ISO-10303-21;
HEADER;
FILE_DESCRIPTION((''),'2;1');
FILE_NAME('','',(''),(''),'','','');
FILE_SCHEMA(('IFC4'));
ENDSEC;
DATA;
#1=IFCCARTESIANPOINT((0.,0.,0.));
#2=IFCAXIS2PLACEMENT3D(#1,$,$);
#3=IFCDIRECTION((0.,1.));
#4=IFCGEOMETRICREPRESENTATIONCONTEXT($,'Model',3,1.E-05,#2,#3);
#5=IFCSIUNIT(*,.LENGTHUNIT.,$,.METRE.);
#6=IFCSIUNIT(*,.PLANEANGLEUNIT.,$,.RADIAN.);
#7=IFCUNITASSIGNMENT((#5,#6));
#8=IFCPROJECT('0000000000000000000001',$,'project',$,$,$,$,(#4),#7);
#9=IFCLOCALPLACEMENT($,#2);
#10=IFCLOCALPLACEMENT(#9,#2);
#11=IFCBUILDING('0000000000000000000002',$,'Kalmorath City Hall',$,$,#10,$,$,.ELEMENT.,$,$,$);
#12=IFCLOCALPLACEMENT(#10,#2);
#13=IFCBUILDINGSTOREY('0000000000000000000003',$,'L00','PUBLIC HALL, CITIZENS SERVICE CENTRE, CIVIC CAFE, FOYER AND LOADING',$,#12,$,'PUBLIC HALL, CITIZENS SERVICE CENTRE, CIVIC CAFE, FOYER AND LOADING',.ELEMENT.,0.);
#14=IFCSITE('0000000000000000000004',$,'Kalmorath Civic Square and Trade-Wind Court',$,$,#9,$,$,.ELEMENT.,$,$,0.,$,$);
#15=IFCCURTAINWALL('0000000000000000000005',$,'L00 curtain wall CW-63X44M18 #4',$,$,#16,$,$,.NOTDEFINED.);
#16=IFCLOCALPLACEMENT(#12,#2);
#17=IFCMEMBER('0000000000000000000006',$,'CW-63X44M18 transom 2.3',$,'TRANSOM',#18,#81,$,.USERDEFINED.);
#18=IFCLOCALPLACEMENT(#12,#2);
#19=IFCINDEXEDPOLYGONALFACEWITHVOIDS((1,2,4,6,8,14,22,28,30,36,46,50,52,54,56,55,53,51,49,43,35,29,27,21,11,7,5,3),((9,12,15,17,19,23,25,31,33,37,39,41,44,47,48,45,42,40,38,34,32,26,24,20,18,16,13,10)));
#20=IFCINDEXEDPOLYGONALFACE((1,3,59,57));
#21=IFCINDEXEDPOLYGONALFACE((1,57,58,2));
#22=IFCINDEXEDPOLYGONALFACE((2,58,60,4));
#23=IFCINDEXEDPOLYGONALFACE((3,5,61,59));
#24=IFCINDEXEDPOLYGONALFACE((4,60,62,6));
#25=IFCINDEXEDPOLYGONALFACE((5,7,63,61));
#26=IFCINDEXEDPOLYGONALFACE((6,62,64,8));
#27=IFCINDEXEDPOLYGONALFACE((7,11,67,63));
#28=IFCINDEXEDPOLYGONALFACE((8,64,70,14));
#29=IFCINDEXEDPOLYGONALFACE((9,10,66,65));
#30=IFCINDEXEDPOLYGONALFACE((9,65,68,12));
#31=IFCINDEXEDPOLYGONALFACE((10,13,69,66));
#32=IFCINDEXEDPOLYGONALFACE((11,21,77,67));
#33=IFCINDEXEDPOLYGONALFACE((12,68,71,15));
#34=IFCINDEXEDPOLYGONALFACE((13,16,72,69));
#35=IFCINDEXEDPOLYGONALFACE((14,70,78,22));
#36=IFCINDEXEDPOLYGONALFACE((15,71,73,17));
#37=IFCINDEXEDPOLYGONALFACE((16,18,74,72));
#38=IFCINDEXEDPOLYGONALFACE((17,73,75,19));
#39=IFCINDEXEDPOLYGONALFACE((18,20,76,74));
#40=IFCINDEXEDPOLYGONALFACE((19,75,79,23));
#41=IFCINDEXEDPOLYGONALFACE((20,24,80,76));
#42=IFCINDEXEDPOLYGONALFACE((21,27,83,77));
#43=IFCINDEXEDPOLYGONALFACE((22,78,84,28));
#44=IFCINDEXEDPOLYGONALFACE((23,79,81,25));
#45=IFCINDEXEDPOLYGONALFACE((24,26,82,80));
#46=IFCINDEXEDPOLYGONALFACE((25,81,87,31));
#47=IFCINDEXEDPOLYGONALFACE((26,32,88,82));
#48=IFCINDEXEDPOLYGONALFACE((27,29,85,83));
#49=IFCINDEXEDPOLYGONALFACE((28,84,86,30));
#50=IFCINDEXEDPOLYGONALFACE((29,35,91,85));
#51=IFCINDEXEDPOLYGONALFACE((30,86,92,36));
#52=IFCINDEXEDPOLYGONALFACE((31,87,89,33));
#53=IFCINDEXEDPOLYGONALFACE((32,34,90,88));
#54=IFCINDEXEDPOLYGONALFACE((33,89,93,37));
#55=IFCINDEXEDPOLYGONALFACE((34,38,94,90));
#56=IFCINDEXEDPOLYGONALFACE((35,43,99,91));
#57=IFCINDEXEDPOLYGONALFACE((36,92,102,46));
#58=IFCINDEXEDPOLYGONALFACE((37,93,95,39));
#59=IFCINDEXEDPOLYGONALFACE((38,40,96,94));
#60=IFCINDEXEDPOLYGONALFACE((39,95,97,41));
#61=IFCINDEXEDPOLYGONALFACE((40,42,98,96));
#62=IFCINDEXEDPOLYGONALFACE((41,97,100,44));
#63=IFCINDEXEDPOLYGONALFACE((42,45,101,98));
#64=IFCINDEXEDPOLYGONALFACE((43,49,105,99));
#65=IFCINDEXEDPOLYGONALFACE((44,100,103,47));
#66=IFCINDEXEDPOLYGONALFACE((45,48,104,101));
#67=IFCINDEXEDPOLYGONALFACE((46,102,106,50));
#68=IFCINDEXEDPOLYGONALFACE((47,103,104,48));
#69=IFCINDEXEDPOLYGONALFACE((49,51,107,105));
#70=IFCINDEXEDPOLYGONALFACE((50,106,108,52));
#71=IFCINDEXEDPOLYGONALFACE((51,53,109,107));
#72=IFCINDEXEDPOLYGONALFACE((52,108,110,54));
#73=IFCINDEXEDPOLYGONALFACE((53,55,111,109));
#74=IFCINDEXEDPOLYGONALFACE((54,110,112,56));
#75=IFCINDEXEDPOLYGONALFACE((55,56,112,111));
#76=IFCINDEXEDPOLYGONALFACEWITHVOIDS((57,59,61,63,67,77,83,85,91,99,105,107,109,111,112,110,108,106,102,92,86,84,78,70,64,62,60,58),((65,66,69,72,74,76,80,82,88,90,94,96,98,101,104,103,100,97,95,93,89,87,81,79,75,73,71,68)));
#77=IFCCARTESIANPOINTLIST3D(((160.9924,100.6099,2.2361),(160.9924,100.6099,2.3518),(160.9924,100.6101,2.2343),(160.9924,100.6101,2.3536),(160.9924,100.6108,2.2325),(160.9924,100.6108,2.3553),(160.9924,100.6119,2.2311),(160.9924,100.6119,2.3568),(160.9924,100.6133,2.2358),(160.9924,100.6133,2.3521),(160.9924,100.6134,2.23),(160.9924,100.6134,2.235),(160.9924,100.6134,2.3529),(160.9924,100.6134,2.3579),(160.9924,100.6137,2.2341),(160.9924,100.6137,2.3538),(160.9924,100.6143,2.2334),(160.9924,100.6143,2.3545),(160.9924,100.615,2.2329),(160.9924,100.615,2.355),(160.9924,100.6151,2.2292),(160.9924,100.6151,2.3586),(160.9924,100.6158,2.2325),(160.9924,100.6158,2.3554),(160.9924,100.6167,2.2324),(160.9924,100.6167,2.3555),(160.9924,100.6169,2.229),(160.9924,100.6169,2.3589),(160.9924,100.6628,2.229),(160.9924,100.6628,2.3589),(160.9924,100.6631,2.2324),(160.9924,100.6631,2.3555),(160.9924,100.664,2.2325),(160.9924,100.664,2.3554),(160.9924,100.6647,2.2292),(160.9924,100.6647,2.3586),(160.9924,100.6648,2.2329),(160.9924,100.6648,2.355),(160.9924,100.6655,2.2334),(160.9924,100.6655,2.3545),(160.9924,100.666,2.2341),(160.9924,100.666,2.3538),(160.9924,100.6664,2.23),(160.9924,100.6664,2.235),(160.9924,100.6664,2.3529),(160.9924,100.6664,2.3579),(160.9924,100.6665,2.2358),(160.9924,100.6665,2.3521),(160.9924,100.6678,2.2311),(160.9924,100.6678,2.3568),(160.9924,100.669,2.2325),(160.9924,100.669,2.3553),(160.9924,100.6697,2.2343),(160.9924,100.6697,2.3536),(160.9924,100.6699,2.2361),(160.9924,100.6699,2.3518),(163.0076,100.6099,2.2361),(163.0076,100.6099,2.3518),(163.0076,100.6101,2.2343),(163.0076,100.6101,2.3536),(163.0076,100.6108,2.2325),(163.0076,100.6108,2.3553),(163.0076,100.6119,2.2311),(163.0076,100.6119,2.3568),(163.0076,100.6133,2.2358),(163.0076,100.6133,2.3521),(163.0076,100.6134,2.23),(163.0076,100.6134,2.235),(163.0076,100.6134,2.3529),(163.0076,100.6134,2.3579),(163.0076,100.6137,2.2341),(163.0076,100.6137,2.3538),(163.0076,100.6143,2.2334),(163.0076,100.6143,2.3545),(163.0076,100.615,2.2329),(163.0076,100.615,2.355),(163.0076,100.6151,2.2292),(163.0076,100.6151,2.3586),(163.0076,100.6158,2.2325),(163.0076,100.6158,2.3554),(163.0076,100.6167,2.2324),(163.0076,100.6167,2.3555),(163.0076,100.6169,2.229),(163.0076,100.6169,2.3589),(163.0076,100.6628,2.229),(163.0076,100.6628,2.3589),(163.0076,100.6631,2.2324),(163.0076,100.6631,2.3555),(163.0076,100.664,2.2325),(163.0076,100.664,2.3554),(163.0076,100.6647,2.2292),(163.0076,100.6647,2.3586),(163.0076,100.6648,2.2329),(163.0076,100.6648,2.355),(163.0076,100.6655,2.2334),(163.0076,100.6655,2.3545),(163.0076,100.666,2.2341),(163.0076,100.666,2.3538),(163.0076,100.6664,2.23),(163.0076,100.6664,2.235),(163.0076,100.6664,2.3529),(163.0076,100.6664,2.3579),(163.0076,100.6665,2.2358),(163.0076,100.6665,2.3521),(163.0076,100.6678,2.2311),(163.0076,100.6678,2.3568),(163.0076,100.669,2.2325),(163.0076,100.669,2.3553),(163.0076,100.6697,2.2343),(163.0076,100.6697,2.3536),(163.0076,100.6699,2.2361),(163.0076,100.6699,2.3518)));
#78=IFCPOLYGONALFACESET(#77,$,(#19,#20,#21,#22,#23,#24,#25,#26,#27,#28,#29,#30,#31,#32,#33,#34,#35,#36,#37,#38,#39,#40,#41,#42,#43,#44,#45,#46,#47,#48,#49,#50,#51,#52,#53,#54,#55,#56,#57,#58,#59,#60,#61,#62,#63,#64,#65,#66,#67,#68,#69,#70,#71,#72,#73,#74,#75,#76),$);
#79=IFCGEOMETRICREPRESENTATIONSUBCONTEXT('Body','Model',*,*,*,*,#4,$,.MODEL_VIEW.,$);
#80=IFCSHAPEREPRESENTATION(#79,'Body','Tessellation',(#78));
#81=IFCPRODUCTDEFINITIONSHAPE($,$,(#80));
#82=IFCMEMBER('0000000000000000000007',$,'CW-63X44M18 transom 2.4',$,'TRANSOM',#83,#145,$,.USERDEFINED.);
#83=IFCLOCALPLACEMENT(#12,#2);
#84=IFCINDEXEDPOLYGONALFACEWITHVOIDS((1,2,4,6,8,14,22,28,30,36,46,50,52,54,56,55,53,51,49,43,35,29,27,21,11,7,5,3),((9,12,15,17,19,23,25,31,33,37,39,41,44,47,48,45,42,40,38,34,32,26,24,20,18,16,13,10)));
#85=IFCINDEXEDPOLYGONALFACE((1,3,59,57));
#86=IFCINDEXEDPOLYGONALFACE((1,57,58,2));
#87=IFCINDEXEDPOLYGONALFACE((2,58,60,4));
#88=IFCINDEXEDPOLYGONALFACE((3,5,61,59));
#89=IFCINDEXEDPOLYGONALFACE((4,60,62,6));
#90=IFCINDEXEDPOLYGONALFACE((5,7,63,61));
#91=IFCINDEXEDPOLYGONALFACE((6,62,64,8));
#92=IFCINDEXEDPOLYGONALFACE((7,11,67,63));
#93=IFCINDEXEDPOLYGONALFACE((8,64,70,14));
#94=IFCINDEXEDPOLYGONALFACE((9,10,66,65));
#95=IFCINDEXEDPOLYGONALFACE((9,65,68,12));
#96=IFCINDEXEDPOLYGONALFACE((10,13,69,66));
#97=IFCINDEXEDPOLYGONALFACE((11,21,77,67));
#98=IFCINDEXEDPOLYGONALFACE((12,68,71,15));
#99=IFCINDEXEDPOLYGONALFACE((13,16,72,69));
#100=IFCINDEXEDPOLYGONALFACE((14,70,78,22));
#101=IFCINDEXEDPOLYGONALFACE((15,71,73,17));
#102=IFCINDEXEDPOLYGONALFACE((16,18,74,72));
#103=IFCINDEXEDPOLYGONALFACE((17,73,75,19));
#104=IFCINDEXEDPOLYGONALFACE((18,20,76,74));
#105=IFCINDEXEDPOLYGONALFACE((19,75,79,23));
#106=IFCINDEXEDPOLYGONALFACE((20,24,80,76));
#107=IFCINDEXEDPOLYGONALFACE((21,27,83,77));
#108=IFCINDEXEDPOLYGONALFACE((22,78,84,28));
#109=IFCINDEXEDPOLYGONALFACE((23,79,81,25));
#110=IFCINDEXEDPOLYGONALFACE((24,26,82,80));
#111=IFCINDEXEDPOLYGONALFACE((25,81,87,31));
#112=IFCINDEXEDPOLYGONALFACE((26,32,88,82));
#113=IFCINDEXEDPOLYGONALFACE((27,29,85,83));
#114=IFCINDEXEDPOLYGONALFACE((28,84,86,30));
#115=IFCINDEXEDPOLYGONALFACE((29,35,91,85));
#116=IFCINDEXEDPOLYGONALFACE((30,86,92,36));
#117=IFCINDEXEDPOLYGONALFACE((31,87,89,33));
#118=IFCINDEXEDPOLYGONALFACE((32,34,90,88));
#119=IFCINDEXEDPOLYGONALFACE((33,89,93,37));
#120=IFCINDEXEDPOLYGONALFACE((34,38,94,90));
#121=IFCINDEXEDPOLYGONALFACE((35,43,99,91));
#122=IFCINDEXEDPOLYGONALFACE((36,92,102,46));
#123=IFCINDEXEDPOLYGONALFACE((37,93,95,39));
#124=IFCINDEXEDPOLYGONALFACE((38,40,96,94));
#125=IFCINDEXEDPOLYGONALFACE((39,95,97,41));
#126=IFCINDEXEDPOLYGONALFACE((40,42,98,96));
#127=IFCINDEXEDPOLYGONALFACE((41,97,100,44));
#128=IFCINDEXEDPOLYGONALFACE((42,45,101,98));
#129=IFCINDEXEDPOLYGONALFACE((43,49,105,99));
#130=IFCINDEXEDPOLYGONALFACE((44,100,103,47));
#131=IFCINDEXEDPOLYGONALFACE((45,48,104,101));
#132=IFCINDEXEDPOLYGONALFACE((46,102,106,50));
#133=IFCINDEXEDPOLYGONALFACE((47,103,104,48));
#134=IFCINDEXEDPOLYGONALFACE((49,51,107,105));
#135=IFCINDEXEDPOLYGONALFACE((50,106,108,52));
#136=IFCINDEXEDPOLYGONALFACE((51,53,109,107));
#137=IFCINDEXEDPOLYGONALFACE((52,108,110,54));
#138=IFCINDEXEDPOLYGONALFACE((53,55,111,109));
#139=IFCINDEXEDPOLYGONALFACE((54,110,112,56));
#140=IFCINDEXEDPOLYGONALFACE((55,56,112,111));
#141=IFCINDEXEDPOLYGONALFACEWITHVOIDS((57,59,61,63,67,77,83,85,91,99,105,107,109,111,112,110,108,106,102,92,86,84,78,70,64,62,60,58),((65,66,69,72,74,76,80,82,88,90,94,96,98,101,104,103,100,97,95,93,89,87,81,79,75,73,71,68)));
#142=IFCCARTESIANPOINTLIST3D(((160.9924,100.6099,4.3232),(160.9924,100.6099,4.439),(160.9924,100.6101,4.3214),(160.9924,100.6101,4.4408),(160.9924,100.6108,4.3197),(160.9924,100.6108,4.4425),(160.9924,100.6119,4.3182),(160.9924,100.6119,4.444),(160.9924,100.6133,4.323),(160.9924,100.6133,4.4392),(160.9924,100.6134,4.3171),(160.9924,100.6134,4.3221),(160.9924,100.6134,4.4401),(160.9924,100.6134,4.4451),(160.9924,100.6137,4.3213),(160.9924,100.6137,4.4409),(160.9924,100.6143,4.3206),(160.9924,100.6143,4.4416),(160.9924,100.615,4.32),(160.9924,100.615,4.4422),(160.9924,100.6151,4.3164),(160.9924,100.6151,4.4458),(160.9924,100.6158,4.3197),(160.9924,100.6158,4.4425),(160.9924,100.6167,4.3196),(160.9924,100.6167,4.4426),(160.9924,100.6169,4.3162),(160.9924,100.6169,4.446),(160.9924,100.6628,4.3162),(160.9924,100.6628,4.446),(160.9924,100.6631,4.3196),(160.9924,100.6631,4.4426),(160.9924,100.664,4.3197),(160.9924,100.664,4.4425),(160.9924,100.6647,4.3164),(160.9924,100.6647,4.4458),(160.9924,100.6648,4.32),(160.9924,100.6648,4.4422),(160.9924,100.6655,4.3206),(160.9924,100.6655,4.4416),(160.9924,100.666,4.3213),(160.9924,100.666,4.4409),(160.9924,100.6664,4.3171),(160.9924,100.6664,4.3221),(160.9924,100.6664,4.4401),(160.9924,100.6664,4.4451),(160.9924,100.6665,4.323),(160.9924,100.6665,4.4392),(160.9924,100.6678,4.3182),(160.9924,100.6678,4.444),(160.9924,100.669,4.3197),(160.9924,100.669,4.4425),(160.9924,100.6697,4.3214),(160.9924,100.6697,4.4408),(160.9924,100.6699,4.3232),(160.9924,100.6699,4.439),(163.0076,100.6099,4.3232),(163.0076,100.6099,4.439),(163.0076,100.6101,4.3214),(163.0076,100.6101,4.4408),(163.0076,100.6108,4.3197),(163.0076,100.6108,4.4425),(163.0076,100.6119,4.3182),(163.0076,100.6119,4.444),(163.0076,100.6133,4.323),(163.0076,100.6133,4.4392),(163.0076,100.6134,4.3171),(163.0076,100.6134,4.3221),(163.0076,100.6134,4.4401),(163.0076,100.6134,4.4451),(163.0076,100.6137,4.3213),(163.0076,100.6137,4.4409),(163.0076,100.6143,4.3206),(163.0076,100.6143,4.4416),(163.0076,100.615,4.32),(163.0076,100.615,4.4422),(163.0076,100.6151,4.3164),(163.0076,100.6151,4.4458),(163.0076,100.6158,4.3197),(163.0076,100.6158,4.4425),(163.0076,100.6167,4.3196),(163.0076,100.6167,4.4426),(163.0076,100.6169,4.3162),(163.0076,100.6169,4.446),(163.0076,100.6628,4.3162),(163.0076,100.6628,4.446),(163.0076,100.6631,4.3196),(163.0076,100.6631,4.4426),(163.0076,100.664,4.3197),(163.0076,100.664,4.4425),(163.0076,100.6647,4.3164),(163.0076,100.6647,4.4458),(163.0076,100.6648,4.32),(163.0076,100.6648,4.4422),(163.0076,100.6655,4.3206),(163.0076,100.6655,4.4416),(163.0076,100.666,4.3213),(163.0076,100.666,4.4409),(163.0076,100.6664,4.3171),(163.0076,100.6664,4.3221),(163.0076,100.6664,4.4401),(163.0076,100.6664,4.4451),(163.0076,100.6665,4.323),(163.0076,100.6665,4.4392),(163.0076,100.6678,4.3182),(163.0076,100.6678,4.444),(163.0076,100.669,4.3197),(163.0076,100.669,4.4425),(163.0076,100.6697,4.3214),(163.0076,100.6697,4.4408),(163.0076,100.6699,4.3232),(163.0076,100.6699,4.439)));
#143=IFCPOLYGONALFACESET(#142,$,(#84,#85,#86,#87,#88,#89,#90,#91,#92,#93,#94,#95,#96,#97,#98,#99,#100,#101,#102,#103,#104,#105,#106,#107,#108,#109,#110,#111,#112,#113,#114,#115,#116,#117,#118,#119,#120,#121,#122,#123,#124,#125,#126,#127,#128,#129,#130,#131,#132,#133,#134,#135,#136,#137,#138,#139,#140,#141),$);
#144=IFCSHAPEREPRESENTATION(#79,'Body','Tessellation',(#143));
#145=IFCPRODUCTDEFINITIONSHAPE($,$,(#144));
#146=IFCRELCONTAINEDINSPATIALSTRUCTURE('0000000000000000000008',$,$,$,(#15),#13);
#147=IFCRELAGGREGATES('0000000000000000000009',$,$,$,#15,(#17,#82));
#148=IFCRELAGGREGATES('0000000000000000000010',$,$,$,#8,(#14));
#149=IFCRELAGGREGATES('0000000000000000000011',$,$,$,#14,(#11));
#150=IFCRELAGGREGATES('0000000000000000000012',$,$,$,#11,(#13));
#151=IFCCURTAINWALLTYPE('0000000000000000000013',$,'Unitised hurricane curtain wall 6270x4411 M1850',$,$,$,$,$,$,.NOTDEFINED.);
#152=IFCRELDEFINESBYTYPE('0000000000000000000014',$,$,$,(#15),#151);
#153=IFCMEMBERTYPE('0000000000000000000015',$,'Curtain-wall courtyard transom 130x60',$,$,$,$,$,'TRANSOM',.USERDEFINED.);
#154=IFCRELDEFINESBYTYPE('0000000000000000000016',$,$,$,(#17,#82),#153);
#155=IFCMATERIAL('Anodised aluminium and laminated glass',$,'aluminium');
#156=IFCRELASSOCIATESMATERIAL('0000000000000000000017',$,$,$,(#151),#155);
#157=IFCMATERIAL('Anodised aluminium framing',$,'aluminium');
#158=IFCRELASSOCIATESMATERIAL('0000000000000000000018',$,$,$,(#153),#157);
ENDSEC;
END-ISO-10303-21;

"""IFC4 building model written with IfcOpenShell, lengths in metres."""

from ifc_helpers import new_model, si_unit, direction, frame, origin, origin_2d, place, context, subcontext, project, spatial, hollow_rectangle, extrude, material, material_profile, profile_set, type_object, element, aggregate, save


model = new_model("IFC4")

# Units and contexts
model_context = context("Model", 3, precision=1e-05, world=origin(), true_north=direction((0.0, 1.0)))
body_context = subcontext(model_context, "Body", "Model", "MODEL_VIEW")
ifc_project = project(units=[si_unit("LENGTHUNIT", "METRE"), si_unit("PLANEANGLEUNIT", "RADIAN")], contexts=[model_context])

# Site, building, storey
site_placement = place(None, origin())
site = spatial("IfcSite", under=ifc_project, at=site_placement, Name="Kalmorath Civic Square and Trade-Wind Court", CompositionType="ELEMENT", RefElevation=0.0)
building_placement = place(site_placement, origin())
building = spatial("IfcBuilding", under=site, at=building_placement, Name="Kalmorath City Hall", CompositionType="ELEMENT")
storey_placement = place(building_placement, origin())
storey = spatial("IfcBuildingStorey", under=building, at=storey_placement, Name="L00", Description="PUBLIC HALL, CITIZENS SERVICE CENTRE, CIVIC CAFE, FOYER AND LOADING", LongName="PUBLIC HALL, CITIZENS SERVICE CENTRE, CIVIC CAFE, FOYER AND LOADING", CompositionType="ELEMENT", Elevation=0.0)

# Curtain wall, members
ifc_material_1 = material(Name="Anodised aluminium and laminated glass", Category="aluminium")
curtain_wall_type = type_object("IfcCurtainWallType", Name="Unitised hurricane curtain wall 6270x4411 M1850", PredefinedType="NOTDEFINED", material=ifc_material_1)
curtain_wall_placement = place(storey_placement, origin())
curtain_wall = element("IfcCurtainWall", 1, at=curtain_wall_placement, inside=storey, type_object=curtain_wall_type, Name="L00 curtain wall CW-63X44M18 #4", PredefinedType="NOTDEFINED")
ifc_material_2 = material(Name="Anodised aluminium framing", Category="aluminium")
ifc_material_profile_1 = material_profile(ifc_material_2, hollow_rectangle(XDim=0.0601, YDim=0.1299, WallThickness=0.0034, InnerFilletRadius=0.0034, OuterFilletRadius=0.0071, at=origin_2d()), Name="ALU-TRN-130X60X3.5")
ifc_profile_set_1 = profile_set([ifc_material_profile_1], Name="Anodised aluminium framing")
member_type_1 = type_object("IfcMemberType", Name="Curtain-wall courtyard transom 130x60", ElementType="TRANSOM", PredefinedType="USERDEFINED", material=ifc_profile_set_1)
member_1_placement = place(storey_placement, frame((160.9924, 100.6399, 2.2939), z_axis=(1.0, 0.0, 0.0), x_axis=(0.0, 1.0, 0.0)))
member_1 = element("IfcMember", 2, at=member_1_placement, type_object=member_type_1, Name="CW-63X44M18 transom 2.3", ObjectType="TRANSOM", PredefinedType="USERDEFINED", context=body_context, shape_type="SweptSolid", body=[
    extrude(hollow_rectangle(XDim=0.0601, YDim=0.1299, WallThickness=0.0034, InnerFilletRadius=0.0034, OuterFilletRadius=0.0071, at=origin_2d()), origin(), (0.0, 0.0, 1.0), 2.0151),
])
member_2_placement = place(storey_placement, frame((160.9924, 100.6399, 4.3811), z_axis=(1.0, 0.0, 0.0), x_axis=(0.0, 1.0, 0.0)))
member_2 = element("IfcMember", 3, at=member_2_placement, type_object=member_type_1, Name="CW-63X44M18 transom 2.4", ObjectType="TRANSOM", PredefinedType="USERDEFINED", context=body_context, shape_type="SweptSolid", body=[
    extrude(hollow_rectangle(XDim=0.0601, YDim=0.1299, WallThickness=0.0034, InnerFilletRadius=0.0034, OuterFilletRadius=0.0071, at=origin_2d()), origin(), (0.0, 0.0, 1.0), 2.0151),
])

aggregate(curtain_wall, [member_1, member_2])

save(model, "model.ifc")
